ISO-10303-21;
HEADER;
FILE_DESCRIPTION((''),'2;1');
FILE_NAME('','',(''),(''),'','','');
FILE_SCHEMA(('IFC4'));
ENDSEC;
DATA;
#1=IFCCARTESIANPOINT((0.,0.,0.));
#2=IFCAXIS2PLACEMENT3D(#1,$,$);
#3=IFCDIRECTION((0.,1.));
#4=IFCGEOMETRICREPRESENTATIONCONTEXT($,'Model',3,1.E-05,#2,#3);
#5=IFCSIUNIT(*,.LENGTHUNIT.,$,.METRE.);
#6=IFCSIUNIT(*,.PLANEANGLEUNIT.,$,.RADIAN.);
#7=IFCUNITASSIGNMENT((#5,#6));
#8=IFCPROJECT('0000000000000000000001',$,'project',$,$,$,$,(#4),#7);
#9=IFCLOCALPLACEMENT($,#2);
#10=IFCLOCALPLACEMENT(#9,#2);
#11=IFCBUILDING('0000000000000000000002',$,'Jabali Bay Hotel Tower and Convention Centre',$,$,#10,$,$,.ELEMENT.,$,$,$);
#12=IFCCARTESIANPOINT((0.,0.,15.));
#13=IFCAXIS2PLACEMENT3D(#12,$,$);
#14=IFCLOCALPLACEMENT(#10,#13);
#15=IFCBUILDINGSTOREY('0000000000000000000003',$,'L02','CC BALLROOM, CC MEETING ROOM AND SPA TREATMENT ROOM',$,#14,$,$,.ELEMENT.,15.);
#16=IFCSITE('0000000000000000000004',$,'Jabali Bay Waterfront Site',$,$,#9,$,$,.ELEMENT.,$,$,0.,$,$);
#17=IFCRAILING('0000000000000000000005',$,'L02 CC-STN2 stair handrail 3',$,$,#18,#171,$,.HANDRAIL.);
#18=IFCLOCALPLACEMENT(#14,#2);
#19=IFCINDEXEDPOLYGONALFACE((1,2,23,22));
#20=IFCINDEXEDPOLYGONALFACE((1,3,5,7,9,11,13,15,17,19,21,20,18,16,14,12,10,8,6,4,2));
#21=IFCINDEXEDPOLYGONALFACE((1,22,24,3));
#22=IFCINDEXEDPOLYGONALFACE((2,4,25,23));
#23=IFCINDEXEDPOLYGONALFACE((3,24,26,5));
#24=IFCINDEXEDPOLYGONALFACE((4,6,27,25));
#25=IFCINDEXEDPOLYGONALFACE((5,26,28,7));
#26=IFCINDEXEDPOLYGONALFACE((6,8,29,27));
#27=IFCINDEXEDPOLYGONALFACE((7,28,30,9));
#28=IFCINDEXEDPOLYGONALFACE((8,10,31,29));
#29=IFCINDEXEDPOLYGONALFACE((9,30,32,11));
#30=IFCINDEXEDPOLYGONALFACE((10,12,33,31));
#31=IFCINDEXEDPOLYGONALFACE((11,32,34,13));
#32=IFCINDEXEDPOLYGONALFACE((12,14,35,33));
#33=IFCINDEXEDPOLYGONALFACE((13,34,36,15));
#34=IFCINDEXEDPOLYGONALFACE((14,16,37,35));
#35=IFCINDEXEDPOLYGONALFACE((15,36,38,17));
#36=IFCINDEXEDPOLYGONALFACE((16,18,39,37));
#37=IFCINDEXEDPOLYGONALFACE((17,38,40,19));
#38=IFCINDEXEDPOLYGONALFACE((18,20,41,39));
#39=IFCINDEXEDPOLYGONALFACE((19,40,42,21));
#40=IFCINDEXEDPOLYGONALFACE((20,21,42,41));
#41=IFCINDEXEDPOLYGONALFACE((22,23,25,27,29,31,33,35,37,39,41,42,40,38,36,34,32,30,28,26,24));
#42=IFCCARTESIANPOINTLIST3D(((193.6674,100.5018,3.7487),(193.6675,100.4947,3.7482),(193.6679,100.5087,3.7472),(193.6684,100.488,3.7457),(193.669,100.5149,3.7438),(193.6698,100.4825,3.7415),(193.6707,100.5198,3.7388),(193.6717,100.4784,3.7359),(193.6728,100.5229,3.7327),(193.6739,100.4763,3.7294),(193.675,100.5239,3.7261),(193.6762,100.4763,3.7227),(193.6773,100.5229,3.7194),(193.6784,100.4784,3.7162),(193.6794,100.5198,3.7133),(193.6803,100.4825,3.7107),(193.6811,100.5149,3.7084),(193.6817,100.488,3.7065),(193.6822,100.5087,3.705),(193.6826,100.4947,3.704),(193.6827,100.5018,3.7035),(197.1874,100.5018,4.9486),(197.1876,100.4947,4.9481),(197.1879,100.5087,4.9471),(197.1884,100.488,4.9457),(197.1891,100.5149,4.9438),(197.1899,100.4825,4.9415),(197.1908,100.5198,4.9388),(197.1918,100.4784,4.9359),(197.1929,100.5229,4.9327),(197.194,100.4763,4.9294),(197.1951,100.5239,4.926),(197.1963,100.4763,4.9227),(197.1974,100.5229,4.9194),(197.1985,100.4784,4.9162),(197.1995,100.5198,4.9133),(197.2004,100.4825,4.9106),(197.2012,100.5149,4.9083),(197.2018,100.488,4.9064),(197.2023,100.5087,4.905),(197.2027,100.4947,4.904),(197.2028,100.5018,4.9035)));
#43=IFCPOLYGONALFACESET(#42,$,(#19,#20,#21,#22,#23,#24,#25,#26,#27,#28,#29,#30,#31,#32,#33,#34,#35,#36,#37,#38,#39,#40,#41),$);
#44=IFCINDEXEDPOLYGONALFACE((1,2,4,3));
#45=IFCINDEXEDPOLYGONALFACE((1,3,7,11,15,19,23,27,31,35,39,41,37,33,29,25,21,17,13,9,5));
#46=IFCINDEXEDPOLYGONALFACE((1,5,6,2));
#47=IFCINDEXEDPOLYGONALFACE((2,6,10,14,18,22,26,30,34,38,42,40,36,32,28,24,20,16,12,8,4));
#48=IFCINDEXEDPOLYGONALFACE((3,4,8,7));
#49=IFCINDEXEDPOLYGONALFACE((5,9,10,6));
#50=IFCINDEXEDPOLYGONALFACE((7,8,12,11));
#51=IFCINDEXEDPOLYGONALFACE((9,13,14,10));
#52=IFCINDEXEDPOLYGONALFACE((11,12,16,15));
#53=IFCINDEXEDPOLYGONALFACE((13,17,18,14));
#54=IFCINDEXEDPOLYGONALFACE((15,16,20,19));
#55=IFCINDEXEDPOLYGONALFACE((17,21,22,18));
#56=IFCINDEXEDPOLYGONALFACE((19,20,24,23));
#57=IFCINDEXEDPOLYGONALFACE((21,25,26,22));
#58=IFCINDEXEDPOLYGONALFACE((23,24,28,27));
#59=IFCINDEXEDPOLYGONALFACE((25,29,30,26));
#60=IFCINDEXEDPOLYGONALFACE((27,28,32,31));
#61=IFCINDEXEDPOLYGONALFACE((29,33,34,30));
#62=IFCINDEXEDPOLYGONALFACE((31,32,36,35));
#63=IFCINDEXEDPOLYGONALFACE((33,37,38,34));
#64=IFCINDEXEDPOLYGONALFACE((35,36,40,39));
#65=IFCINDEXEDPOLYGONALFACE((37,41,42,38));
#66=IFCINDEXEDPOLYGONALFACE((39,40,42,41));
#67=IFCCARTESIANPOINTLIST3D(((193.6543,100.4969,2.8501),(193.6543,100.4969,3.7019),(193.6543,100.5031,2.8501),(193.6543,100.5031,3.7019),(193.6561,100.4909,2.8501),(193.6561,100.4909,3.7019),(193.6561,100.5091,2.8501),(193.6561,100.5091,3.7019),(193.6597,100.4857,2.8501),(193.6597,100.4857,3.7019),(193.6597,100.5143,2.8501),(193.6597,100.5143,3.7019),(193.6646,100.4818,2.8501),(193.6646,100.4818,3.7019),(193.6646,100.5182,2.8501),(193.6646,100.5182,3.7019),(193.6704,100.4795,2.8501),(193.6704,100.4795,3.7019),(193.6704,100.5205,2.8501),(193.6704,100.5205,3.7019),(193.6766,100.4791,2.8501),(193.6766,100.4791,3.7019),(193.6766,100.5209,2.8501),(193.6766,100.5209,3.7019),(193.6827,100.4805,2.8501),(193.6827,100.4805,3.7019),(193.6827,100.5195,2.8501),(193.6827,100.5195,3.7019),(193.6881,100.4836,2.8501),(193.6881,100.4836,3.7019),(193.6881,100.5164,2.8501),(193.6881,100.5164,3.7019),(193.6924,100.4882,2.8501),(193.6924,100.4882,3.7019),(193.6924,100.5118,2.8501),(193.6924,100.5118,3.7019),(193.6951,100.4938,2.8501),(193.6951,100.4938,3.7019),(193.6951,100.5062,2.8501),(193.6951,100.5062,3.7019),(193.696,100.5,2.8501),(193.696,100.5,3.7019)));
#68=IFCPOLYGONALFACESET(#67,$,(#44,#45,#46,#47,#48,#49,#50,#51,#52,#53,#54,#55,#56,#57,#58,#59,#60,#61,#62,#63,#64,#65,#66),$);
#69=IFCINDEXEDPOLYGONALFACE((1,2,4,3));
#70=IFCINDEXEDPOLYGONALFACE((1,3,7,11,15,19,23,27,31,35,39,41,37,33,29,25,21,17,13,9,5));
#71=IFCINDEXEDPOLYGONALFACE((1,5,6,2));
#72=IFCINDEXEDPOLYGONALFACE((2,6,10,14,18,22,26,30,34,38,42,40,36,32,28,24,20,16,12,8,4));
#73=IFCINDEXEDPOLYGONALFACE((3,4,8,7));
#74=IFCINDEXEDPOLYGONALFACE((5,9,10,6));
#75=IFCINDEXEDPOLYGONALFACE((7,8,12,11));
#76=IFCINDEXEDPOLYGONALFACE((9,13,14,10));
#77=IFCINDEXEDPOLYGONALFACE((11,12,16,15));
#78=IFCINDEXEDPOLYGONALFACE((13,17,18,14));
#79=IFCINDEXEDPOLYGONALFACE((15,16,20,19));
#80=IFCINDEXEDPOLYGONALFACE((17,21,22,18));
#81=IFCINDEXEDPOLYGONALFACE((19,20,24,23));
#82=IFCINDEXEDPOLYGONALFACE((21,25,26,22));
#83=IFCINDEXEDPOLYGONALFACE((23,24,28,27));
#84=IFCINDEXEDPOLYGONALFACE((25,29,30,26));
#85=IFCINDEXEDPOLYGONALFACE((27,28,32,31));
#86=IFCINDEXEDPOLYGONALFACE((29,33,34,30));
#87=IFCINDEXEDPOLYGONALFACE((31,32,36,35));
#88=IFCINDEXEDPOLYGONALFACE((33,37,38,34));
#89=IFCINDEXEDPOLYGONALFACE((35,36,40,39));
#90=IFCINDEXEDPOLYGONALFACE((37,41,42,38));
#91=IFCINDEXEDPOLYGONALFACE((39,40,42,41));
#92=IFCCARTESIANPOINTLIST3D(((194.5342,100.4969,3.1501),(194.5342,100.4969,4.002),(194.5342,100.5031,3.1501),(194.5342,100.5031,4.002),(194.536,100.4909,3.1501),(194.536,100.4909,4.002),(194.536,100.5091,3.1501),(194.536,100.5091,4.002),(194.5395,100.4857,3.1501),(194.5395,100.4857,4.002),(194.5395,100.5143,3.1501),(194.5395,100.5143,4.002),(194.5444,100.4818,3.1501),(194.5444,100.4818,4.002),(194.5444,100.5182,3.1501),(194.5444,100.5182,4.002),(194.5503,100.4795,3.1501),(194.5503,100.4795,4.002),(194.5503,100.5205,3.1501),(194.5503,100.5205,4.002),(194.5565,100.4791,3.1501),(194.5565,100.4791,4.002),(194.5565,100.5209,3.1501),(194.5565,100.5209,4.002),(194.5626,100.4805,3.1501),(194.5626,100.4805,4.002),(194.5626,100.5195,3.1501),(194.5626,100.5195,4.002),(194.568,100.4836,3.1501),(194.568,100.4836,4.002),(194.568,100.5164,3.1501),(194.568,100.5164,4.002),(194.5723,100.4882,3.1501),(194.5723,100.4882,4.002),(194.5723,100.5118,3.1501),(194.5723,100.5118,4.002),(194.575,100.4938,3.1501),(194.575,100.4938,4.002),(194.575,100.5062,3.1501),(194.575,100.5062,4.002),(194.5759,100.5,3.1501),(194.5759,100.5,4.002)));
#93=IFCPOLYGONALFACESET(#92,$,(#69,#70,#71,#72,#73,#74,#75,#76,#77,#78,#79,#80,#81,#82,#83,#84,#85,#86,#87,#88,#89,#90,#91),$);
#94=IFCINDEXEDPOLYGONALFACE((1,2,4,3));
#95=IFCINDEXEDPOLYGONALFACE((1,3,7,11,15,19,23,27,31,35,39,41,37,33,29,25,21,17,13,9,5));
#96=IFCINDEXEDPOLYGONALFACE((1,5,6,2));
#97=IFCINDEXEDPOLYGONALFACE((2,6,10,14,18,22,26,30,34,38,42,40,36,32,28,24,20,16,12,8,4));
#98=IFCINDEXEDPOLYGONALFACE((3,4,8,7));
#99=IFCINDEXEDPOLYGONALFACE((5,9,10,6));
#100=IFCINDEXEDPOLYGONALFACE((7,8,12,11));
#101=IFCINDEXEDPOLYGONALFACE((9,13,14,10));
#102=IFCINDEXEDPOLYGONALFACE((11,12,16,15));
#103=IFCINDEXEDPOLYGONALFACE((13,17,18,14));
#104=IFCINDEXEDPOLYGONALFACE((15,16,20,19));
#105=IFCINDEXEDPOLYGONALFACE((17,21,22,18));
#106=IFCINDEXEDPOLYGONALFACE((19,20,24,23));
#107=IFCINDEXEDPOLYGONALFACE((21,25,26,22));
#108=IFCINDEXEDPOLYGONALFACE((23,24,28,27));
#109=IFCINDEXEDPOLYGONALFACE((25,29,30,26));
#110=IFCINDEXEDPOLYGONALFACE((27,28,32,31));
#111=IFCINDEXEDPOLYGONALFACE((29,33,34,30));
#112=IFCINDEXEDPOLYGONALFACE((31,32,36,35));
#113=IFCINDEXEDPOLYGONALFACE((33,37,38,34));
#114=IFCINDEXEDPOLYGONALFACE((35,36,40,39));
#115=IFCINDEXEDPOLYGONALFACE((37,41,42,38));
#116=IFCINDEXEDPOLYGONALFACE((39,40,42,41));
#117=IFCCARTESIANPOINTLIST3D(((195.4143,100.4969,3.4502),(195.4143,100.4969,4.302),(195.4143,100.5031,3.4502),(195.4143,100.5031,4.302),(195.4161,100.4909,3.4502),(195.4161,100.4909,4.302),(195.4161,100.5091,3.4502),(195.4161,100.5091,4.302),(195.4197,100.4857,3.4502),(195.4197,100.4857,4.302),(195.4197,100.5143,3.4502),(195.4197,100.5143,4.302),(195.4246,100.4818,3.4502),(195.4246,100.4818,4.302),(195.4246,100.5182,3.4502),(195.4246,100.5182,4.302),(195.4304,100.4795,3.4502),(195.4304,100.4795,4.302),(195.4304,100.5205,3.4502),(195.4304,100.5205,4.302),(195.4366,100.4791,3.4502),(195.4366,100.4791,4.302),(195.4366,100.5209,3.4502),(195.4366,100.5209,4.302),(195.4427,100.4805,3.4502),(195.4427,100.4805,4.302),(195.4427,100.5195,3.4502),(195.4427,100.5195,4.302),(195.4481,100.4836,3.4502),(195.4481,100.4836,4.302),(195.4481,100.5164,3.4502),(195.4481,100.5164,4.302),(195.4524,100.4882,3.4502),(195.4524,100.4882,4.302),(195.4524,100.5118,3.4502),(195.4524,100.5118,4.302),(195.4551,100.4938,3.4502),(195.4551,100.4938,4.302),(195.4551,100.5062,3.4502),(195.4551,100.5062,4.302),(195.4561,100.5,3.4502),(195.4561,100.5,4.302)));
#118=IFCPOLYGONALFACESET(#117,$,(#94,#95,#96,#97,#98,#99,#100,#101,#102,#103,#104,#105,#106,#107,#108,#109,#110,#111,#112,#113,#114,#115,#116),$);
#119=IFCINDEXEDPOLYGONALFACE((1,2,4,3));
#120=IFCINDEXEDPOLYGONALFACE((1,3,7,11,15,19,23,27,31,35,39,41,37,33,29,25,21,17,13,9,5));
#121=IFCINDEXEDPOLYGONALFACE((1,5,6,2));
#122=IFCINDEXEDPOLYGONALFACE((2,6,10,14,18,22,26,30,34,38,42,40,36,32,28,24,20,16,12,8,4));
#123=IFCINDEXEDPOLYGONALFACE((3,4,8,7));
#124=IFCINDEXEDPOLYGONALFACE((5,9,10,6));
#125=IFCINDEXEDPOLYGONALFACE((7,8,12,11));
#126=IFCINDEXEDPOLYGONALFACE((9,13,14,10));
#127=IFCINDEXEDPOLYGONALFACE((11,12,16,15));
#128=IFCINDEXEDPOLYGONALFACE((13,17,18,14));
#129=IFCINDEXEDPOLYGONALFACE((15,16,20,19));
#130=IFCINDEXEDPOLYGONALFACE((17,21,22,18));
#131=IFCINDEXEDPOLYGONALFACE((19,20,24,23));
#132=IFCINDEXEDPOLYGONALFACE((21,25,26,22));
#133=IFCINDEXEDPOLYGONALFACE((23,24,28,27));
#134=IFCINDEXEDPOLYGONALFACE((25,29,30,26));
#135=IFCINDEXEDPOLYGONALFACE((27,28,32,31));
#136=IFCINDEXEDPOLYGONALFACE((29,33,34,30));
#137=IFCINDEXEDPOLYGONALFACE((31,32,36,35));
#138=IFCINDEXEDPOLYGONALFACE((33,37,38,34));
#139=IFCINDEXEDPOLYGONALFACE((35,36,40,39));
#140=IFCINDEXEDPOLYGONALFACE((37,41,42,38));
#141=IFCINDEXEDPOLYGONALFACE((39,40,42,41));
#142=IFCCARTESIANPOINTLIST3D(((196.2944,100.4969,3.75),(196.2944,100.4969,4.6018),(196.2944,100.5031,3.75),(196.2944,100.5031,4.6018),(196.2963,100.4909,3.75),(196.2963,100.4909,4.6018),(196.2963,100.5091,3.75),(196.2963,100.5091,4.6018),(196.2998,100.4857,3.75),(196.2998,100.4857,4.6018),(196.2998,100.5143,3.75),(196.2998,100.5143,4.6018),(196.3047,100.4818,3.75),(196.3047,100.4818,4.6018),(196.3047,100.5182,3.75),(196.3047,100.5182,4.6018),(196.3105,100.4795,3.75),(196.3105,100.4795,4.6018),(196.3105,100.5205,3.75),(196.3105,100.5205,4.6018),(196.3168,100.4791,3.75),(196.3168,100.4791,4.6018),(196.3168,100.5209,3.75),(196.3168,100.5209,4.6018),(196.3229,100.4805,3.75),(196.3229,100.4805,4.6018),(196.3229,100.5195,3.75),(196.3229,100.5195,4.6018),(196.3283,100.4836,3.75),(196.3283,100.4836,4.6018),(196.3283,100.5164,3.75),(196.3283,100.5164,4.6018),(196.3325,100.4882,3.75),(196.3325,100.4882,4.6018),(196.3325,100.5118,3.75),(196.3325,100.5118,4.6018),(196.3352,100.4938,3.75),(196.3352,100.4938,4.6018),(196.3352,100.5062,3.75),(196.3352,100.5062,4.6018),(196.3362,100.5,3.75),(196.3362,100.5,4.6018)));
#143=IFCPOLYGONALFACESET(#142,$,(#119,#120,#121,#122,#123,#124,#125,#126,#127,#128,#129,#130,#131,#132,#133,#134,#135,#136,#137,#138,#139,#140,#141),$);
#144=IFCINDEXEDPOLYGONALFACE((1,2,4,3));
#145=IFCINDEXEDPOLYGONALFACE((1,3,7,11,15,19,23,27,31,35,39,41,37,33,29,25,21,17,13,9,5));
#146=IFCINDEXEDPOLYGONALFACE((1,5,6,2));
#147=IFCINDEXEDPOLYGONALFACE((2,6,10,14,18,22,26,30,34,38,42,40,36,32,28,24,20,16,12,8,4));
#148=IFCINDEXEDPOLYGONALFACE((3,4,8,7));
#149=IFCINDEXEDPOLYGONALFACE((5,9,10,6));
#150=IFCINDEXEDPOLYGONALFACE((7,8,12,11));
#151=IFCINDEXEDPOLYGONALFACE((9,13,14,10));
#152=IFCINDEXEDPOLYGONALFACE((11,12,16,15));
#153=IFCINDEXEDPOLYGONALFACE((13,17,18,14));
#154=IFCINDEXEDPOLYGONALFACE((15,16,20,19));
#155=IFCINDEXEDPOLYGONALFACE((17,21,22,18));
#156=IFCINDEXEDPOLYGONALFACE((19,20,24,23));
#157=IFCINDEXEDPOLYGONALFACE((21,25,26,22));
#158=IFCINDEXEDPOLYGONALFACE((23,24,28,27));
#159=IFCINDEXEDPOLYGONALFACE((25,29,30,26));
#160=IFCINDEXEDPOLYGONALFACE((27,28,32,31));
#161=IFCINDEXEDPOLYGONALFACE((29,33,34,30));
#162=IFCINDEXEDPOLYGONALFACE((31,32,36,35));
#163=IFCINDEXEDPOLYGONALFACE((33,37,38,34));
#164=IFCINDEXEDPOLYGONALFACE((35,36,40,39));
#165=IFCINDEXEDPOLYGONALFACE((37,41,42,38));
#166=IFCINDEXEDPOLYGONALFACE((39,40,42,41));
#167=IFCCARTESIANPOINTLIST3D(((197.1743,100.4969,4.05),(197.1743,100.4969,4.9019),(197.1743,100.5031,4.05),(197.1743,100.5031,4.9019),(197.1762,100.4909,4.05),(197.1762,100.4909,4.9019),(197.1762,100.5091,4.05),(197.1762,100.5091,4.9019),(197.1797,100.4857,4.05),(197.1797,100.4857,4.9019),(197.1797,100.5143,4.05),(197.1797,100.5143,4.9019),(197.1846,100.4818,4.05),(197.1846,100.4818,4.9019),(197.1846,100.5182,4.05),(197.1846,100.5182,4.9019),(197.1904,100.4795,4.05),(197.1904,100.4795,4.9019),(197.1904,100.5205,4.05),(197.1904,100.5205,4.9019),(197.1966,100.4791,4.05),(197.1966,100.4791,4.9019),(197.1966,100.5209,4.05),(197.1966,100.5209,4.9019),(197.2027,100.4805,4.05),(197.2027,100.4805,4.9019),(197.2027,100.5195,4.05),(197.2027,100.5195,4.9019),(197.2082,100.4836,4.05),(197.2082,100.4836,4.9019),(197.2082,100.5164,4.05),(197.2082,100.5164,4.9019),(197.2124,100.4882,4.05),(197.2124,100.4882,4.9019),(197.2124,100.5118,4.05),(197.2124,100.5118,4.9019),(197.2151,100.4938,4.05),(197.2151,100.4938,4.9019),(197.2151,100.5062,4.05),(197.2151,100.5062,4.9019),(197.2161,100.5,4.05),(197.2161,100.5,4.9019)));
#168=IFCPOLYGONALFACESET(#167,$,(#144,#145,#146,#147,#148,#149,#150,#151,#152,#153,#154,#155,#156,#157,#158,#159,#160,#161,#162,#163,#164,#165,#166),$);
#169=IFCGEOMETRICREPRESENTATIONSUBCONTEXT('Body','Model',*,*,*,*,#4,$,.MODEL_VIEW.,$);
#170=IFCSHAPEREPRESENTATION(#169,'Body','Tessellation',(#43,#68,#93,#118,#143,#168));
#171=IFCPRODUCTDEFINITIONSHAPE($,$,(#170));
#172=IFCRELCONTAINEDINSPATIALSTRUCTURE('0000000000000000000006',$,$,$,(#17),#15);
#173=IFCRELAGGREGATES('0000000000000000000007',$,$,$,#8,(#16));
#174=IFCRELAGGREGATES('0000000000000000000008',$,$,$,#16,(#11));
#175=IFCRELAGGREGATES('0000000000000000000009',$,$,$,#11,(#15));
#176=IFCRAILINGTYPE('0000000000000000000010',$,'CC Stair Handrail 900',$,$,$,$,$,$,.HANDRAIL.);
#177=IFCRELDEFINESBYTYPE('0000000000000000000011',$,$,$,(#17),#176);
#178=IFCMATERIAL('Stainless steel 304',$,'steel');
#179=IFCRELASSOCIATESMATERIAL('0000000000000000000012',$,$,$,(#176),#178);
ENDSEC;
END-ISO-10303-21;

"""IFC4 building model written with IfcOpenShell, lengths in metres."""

from ifc_helpers import new_model, si_unit, direction, frame, origin, origin_2d, place, context, subcontext, project, spatial, circle, extrude, material, type_object, element, save


model = new_model("IFC4")

# Units and contexts
model_context = context("Model", 3, precision=1e-05, world=origin(), true_north=direction((0.0, 1.0)))
body_context = subcontext(model_context, "Body", "Model", "MODEL_VIEW")
ifc_project = project(units=[si_unit("LENGTHUNIT", "METRE"), si_unit("PLANEANGLEUNIT", "RADIAN")], contexts=[model_context])

# Site, building, storey
site_placement = place(None, origin())
site = spatial("IfcSite", under=ifc_project, at=site_placement, Name="Jabali Bay Waterfront Site", CompositionType="ELEMENT", RefElevation=0.0)
building_placement = place(site_placement, origin())
building = spatial("IfcBuilding", under=site, at=building_placement, Name="Jabali Bay Hotel Tower and Convention Centre", CompositionType="ELEMENT")
storey_placement = place(building_placement, frame((0.0, 0.0, 15.0)))
storey = spatial("IfcBuildingStorey", under=building, at=storey_placement, Name="L02", Description="CC BALLROOM, CC MEETING ROOM AND SPA TREATMENT ROOM", CompositionType="ELEMENT", Elevation=15.0)

# Railing
ifc_material_1 = material(Name="Stainless steel 304", Category="steel")
railing_type = type_object("IfcRailingType", Name="CC Stair Handrail 900", PredefinedType="HANDRAIL", material=ifc_material_1)
railing_1_placement = place(storey_placement, frame((193.675, 100.5, 2.8501)))
element("IfcRailing", 1, at=railing_1_placement, inside=storey, type_object=railing_type, Name="L02 CC-STN2 stair handrail 3", PredefinedType="HANDRAIL", context=body_context, shape_type="SweptSolid", body=[
    extrude(circle(Radius=0.0239, at=origin_2d()), frame((0.0, 0.0, 0.876), z_axis=(0.946515, 0.0, 0.322661), x_axis=(0.0, 1.0, 0.0)), (0.0, 0.0, 1.0), 3.719),
    extrude(circle(Radius=0.021, at=origin_2d()), origin(), (0.0, 0.0, 1.0), 0.8518),
    extrude(circle(Radius=0.021, at=origin_2d()), frame((0.8799, 0.0, 0.3)), (0.0, 0.0, 1.0), 0.8518),
    extrude(circle(Radius=0.021, at=origin_2d()), frame((1.76, 0.0, 0.6001)), (0.0, 0.0, 1.0), 0.8518),
    extrude(circle(Radius=0.021, at=origin_2d()), frame((2.6401, 0.0, 0.8999)), (0.0, 0.0, 1.0), 0.8518),
    extrude(circle(Radius=0.021, at=origin_2d()), frame((3.52, 0.0, 1.2)), (0.0, 0.0, 1.0), 0.8518),
])

save(model, "model.ifc")
